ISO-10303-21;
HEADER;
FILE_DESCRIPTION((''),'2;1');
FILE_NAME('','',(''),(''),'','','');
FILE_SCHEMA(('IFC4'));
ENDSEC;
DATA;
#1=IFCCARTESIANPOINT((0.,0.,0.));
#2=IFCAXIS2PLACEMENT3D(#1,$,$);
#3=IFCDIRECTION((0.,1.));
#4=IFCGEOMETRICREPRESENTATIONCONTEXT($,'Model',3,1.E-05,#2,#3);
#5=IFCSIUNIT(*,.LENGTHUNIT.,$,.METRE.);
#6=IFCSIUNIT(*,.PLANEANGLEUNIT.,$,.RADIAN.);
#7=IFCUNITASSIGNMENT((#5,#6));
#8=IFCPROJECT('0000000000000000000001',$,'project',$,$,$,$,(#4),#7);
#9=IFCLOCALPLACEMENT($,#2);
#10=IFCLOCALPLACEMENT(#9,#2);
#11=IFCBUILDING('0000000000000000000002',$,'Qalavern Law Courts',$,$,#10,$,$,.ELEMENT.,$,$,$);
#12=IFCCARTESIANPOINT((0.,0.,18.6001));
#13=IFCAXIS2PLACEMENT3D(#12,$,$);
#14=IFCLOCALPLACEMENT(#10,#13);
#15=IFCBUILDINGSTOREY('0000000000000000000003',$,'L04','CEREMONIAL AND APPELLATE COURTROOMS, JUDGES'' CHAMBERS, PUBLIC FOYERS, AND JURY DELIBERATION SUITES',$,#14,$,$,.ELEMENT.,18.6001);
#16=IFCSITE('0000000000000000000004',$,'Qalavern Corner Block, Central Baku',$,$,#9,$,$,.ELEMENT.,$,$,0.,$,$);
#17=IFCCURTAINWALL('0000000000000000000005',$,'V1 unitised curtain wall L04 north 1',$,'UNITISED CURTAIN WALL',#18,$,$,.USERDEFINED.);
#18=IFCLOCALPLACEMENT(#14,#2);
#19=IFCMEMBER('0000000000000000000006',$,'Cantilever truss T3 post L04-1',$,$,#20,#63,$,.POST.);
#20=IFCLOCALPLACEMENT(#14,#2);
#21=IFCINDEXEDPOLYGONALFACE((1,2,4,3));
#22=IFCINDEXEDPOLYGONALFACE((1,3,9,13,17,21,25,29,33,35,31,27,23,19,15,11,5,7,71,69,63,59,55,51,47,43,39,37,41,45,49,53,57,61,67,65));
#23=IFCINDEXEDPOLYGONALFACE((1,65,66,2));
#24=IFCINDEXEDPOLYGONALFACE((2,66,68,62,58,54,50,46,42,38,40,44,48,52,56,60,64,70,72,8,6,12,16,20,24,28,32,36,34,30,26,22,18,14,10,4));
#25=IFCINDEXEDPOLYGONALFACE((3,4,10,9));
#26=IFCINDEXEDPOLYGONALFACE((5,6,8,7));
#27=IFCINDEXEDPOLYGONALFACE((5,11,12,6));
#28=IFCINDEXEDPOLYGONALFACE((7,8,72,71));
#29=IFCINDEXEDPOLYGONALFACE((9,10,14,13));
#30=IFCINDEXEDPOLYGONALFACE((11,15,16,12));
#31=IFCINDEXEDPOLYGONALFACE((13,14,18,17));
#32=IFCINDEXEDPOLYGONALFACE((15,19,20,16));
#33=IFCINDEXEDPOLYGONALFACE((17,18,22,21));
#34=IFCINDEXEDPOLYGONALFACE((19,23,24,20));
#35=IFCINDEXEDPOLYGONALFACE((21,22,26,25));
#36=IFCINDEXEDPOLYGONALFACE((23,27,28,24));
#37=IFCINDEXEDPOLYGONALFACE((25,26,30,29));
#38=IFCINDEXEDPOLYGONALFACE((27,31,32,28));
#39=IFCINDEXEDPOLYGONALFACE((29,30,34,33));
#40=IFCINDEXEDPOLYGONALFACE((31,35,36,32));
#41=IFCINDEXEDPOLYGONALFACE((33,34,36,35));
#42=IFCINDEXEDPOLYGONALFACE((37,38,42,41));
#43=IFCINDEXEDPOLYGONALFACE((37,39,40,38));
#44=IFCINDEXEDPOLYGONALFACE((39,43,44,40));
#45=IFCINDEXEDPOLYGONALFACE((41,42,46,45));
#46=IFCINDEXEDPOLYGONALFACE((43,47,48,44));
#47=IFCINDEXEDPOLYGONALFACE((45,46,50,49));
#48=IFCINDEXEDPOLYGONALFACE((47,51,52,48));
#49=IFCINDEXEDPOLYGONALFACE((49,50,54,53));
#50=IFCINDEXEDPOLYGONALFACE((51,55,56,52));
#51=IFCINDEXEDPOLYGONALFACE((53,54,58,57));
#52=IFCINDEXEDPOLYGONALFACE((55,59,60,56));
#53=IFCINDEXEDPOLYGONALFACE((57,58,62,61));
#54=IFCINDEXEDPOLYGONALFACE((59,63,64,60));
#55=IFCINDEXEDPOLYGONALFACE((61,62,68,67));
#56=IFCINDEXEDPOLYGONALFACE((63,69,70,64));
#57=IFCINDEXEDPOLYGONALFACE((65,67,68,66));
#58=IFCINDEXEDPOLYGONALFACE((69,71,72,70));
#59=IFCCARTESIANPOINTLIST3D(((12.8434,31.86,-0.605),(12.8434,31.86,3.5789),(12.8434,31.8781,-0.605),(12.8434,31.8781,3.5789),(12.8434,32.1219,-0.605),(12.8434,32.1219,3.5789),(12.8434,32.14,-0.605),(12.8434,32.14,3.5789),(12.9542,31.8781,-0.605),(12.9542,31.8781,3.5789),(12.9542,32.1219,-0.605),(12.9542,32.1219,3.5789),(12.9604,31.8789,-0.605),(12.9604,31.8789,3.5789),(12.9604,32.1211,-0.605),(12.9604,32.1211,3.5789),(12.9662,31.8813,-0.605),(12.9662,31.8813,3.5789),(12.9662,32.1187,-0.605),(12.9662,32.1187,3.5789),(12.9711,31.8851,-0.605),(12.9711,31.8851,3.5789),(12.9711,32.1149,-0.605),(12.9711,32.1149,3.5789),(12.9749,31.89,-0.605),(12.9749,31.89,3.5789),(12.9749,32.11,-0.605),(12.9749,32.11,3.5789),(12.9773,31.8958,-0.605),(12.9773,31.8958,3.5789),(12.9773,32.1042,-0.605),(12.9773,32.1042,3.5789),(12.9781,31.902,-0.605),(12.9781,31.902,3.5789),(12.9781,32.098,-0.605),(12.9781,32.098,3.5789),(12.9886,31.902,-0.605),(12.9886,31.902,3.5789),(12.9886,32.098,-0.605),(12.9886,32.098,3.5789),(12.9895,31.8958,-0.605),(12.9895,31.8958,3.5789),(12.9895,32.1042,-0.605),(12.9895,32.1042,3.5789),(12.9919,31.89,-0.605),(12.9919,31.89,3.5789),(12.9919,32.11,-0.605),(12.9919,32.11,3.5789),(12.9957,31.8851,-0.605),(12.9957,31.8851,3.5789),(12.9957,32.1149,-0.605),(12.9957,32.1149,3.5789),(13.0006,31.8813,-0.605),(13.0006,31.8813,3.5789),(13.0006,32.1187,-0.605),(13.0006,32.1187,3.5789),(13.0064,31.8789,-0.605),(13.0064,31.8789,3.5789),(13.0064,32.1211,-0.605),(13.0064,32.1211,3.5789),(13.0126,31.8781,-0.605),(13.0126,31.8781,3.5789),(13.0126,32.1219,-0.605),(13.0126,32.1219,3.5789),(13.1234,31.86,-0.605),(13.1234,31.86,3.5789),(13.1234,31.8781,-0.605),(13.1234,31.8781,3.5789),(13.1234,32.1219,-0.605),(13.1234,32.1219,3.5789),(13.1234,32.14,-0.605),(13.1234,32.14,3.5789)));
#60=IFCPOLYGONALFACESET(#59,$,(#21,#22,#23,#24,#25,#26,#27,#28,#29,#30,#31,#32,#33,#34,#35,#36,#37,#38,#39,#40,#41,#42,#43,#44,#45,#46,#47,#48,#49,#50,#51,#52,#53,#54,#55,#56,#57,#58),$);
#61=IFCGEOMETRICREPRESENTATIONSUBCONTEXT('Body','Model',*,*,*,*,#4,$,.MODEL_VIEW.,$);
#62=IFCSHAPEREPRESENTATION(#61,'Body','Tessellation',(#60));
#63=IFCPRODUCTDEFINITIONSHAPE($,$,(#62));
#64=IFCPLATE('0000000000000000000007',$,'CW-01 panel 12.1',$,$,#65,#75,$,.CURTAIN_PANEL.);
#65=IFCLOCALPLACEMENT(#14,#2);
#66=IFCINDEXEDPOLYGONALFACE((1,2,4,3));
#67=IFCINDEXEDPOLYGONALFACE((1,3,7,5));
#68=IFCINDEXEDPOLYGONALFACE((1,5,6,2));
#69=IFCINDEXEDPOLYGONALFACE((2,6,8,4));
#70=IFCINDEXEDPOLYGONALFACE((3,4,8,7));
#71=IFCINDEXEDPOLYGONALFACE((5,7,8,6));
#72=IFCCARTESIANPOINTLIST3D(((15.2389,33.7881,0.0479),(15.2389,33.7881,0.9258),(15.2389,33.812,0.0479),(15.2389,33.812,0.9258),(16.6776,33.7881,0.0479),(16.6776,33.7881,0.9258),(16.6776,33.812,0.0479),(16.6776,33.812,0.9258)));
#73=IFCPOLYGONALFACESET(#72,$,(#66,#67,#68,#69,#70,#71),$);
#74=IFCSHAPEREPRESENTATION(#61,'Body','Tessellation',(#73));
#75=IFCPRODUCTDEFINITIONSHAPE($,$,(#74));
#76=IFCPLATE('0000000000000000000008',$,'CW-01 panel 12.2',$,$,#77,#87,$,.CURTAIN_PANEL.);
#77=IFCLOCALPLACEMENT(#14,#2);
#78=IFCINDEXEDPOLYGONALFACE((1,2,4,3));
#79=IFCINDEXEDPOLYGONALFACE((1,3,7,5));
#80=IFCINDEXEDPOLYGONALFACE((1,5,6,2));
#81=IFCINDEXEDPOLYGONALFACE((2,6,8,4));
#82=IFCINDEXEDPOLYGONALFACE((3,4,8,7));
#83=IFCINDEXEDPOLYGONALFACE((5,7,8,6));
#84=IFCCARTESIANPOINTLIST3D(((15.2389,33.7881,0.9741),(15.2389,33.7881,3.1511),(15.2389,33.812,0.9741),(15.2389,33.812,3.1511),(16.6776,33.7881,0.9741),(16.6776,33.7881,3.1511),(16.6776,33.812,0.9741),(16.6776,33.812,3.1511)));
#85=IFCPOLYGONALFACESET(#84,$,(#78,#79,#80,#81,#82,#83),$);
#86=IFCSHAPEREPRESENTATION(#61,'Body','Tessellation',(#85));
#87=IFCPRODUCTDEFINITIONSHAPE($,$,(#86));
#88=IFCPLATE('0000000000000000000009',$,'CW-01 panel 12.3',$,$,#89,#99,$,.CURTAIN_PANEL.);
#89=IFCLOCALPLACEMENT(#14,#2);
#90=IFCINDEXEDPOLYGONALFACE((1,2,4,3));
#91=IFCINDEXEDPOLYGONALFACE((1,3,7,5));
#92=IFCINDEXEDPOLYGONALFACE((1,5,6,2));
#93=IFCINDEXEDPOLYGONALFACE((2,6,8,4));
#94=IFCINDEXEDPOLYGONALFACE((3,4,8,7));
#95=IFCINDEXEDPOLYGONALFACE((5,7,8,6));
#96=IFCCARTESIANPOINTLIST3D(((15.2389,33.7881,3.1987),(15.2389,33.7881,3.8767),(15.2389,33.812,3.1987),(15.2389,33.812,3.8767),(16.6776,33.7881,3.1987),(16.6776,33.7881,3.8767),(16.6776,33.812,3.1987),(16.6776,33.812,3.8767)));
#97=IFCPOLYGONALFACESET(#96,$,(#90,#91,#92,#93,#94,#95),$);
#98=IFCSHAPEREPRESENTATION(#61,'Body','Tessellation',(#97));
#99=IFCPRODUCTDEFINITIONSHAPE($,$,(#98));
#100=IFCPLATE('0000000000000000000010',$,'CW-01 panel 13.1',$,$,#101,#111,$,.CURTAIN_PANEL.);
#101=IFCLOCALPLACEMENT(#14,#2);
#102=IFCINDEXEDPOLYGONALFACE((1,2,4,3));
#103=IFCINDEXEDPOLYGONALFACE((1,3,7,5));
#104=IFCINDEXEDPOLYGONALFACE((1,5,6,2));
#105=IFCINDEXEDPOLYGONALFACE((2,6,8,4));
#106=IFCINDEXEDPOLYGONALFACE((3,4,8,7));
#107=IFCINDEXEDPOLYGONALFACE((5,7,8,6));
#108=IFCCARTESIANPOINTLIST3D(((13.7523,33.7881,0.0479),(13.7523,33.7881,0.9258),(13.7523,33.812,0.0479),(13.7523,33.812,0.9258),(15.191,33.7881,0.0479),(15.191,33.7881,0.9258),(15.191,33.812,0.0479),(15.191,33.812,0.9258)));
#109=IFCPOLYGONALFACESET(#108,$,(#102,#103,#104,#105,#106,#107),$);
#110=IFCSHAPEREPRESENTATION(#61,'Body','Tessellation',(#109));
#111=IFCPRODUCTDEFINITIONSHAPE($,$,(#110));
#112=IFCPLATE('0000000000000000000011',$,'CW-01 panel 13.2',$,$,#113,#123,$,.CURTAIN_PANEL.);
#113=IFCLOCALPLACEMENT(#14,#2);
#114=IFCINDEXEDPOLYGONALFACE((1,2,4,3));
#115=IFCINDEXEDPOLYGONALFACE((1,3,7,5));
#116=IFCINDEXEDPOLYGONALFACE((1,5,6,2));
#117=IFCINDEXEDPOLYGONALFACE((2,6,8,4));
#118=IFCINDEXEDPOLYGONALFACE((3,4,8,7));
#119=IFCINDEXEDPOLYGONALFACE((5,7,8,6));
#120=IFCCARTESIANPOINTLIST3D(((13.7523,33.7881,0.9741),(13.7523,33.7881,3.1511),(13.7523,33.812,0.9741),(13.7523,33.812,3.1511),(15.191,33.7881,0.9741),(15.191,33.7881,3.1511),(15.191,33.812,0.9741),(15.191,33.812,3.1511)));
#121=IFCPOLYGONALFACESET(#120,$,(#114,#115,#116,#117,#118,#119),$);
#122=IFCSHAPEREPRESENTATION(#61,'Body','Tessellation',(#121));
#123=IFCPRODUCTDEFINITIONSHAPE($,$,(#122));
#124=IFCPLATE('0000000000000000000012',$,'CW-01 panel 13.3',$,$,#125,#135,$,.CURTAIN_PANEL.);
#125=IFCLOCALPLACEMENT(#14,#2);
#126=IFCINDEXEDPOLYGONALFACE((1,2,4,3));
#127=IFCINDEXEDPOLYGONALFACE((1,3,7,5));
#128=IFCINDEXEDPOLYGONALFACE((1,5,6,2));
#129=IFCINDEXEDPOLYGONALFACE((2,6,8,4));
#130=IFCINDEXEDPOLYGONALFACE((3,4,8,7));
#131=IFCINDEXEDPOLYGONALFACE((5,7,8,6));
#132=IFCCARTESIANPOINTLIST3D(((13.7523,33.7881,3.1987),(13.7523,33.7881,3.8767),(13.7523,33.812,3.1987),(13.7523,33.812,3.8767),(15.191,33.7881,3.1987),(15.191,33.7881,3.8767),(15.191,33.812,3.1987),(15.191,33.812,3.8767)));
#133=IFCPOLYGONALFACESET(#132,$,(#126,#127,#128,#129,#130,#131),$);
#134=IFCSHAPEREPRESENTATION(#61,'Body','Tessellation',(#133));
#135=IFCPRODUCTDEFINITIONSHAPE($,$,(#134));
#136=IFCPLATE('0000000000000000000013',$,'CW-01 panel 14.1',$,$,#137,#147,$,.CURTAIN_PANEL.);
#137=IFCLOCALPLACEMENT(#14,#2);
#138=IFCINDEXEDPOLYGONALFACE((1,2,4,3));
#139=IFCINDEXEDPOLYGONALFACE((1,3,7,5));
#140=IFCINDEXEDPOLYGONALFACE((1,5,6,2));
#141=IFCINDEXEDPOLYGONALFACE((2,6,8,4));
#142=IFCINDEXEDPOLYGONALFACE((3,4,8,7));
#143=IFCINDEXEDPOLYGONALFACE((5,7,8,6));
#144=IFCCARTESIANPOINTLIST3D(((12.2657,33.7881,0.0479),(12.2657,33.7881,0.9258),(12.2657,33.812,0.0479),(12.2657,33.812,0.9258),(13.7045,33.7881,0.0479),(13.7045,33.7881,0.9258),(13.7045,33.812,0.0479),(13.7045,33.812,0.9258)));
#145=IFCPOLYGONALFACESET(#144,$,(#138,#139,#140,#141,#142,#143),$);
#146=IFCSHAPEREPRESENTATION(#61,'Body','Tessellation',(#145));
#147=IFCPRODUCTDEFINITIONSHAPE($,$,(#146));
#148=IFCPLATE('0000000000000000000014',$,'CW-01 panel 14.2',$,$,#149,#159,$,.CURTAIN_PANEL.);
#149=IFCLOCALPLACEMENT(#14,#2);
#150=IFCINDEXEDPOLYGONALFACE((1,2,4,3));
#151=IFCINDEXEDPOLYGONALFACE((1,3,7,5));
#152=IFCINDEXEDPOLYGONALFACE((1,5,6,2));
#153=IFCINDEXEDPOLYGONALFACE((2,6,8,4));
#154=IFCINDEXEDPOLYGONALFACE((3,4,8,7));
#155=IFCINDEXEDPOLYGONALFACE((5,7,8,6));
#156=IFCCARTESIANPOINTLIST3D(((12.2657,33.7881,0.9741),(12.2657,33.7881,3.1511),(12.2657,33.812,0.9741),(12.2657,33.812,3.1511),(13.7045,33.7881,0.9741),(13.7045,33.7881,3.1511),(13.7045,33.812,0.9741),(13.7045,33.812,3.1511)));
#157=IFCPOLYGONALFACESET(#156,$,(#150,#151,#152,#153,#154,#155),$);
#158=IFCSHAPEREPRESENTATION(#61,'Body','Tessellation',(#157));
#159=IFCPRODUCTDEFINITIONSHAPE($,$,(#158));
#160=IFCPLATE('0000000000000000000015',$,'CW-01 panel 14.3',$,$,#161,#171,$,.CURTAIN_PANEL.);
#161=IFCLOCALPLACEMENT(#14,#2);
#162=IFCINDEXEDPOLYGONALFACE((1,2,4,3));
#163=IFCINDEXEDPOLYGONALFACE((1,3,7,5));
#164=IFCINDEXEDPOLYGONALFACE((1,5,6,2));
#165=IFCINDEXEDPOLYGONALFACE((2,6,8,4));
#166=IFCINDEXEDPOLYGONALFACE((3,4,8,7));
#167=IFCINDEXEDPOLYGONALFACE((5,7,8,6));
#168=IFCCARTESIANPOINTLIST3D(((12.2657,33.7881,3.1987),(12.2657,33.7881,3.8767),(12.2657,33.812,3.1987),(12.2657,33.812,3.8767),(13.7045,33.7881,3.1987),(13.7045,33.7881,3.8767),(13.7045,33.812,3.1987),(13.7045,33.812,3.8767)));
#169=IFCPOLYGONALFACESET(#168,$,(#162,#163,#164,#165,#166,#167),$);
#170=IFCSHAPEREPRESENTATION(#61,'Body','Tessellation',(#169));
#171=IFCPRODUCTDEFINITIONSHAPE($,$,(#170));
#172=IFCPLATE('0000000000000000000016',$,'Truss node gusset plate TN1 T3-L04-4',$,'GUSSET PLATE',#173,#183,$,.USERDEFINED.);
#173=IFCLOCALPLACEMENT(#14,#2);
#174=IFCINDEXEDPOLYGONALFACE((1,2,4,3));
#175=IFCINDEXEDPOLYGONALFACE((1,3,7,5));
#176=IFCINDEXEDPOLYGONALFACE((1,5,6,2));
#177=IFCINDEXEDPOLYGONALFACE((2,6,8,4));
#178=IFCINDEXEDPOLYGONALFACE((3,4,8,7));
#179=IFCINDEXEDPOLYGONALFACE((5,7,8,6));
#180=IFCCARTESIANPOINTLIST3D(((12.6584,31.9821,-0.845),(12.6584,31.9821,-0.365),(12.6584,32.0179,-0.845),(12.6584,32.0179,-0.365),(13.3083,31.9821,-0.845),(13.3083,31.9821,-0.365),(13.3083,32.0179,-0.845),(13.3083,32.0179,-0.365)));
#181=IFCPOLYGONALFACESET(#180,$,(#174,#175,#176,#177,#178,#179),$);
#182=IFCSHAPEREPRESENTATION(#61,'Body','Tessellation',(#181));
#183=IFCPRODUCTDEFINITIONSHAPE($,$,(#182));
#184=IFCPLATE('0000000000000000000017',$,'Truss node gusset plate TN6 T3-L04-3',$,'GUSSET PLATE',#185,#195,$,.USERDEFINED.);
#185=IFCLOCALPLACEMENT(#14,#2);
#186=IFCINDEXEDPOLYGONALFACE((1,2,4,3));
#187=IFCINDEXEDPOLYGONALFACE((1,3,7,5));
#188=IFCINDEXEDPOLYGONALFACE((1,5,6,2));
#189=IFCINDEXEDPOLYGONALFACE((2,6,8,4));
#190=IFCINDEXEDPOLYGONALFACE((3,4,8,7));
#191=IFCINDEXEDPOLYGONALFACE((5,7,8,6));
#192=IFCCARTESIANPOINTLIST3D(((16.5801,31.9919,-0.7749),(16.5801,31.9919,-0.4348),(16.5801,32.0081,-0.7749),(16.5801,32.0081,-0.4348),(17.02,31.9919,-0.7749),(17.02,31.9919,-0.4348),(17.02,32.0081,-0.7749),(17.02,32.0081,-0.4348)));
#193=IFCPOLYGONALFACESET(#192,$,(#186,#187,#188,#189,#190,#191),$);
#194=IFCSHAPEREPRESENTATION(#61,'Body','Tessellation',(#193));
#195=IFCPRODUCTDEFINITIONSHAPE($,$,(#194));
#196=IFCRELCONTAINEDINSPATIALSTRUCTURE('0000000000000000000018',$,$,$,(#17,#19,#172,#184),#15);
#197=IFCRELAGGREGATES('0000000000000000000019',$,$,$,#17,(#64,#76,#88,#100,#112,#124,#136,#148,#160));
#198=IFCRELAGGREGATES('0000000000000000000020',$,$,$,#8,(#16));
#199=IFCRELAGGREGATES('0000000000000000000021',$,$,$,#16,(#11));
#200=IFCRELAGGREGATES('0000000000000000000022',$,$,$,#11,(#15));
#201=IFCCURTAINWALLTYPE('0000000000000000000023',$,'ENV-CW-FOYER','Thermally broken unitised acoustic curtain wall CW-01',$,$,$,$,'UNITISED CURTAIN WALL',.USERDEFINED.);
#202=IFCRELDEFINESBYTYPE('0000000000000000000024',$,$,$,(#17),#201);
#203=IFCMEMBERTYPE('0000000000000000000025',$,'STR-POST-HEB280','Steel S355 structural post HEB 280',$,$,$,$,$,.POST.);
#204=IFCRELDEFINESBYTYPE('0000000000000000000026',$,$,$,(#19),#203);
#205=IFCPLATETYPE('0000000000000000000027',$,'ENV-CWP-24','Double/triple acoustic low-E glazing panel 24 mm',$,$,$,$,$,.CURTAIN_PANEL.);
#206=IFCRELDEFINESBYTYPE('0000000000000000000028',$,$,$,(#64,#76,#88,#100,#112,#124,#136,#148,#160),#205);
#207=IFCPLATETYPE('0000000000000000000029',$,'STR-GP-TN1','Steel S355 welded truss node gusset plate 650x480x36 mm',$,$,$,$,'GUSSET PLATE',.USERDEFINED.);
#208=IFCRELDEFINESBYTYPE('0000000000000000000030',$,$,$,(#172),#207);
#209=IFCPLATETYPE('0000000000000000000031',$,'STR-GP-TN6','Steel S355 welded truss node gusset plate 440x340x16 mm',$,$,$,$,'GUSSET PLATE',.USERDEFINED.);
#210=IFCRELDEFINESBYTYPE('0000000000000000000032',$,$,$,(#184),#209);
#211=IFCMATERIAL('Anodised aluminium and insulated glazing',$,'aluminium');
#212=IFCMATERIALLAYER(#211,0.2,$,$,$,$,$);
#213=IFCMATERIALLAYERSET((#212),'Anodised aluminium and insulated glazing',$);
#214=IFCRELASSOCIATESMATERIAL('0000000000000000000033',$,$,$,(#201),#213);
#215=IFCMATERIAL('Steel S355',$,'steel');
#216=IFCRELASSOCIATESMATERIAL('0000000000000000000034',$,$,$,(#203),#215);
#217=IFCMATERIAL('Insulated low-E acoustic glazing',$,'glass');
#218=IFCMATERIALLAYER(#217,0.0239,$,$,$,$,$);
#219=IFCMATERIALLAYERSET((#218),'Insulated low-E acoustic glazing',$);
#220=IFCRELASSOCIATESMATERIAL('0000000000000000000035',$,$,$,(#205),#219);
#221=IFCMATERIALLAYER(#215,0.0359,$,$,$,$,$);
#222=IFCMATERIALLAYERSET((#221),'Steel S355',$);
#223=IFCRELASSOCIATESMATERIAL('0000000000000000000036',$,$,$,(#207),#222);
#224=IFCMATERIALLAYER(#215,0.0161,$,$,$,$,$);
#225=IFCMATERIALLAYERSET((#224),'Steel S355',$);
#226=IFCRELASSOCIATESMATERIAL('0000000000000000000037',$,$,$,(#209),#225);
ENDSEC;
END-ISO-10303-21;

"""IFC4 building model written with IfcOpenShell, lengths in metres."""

from ifc_helpers import new_model, si_unit, direction, frame, origin, origin_2d, place, context, subcontext, project, spatial, rectangle, i_section, extrude, material, layer, layer_set, material_profile, profile_set, type_object, element, aggregate, save


model = new_model("IFC4")

# Units and contexts
model_context = context("Model", 3, precision=1e-05, world=origin(), true_north=direction((0.0, 1.0)))
body_context = subcontext(model_context, "Body", "Model", "MODEL_VIEW")
ifc_project = project(units=[si_unit("LENGTHUNIT", "METRE"), si_unit("PLANEANGLEUNIT", "RADIAN")], contexts=[model_context])

# Site, building, storey
site_placement = place(None, origin())
site = spatial("IfcSite", under=ifc_project, at=site_placement, Name="Qalavern Corner Block, Central Baku", CompositionType="ELEMENT", RefElevation=0.0)
building_placement = place(site_placement, origin())
building = spatial("IfcBuilding", under=site, at=building_placement, Name="Qalavern Law Courts", CompositionType="ELEMENT")
storey_placement = place(building_placement, frame((0.0, 0.0, 18.6001)))
storey = spatial("IfcBuildingStorey", under=building, at=storey_placement, Name="L04", Description="CEREMONIAL AND APPELLATE COURTROOMS, JUDGES' CHAMBERS, PUBLIC FOYERS, AND JURY DELIBERATION SUITES", CompositionType="ELEMENT", Elevation=18.6001)

# Curtain wall
ifc_material_1 = material(Name="Anodised aluminium and insulated glazing", Category="aluminium")
ifc_layer_1 = layer(ifc_material_1, 0.2)
ifc_layer_set_1 = layer_set([ifc_layer_1], Name="Anodised aluminium and insulated glazing")
curtain_wall_type = type_object("IfcCurtainWallType", Name="ENV-CW-FOYER", Description="Thermally broken unitised acoustic curtain wall CW-01", ElementType="UNITISED CURTAIN WALL", PredefinedType="USERDEFINED", material=ifc_layer_set_1)
curtain_wall_placement = place(storey_placement, origin())
curtain_wall = element("IfcCurtainWall", 1, at=curtain_wall_placement, inside=storey, type_object=curtain_wall_type, Name="V1 unitised curtain wall L04 north 1", ObjectType="UNITISED CURTAIN WALL", PredefinedType="USERDEFINED")

# Shared definitions
ifc_material_2 = material(Name="Steel S355", Category="steel")

# Member
ifc_material_profile_1 = material_profile(ifc_material_2, i_section(OverallWidth=0.28, OverallDepth=0.28, WebThickness=0.0105, FlangeThickness=0.0181, FilletRadius=0.0239, at=origin_2d()), Name="HEB 280")
ifc_profile_set_1 = profile_set([ifc_material_profile_1], Name="Steel S355")
member_type_1 = type_object("IfcMemberType", Name="STR-POST-HEB280", Description="Steel S355 structural post HEB 280", PredefinedType="POST", material=ifc_profile_set_1)
member_1_placement = place(storey_placement, frame((12.9834, 32.0, -0.605), z_axis=(0.0, 0.0, 1.0), x_axis=(1.0, 0.0, 0.0)))
element("IfcMember", 2, at=member_1_placement, inside=storey, type_object=member_type_1, Name="Cantilever truss T3 post L04-1", PredefinedType="POST", context=body_context, shape_type="SweptSolid", body=[
    extrude(i_section(OverallWidth=0.28, OverallDepth=0.28, WebThickness=0.0105, FlangeThickness=0.0181, FilletRadius=0.0239, at=origin_2d()), origin(), (0.0, 0.0, 1.0), 4.1838),
])

# Plates
ifc_material_3 = material(Name="Insulated low-E acoustic glazing", Category="glass")
ifc_layer_2 = layer(ifc_material_3, 0.0239)
ifc_layer_set_2 = layer_set([ifc_layer_2], Name="Insulated low-E acoustic glazing")
plate_type_1 = type_object("IfcPlateType", Name="ENV-CWP-24", Description="Double/triple acoustic low-E glazing panel 24 mm", PredefinedType="CURTAIN_PANEL", material=ifc_layer_set_2)
plate_1_placement = place(storey_placement, frame((15.9583, 33.8, 0.0479), z_axis=(0.0, 0.0, 1.0), x_axis=(-1.0, 0.0, 0.0)))
plate_1 = element("IfcPlate", 3, at=plate_1_placement, type_object=plate_type_1, Name="CW-01 panel 12.1", PredefinedType="CURTAIN_PANEL", context=body_context, shape_type="SweptSolid", body=[
    extrude(rectangle(XDim=1.4387, YDim=0.0239, at=origin_2d()), origin(), (0.0, 0.0, 1.0), 0.8779),
])
plate_2_placement = place(storey_placement, frame((15.9583, 33.8, 0.9741), z_axis=(0.0, 0.0, 1.0), x_axis=(-1.0, 0.0, 0.0)))
plate_2 = element("IfcPlate", 4, at=plate_2_placement, type_object=plate_type_1, Name="CW-01 panel 12.2", PredefinedType="CURTAIN_PANEL", context=body_context, shape_type="SweptSolid", body=[
    extrude(rectangle(XDim=1.4387, YDim=0.0239, at=origin_2d()), origin(), (0.0, 0.0, 1.0), 2.177),
])
plate_3_placement = place(storey_placement, frame((15.9583, 33.8, 3.1987), z_axis=(0.0, 0.0, 1.0), x_axis=(-1.0, 0.0, 0.0)))
plate_3 = element("IfcPlate", 5, at=plate_3_placement, type_object=plate_type_1, Name="CW-01 panel 12.3", PredefinedType="CURTAIN_PANEL", context=body_context, shape_type="SweptSolid", body=[
    extrude(rectangle(XDim=1.4387, YDim=0.0239, at=origin_2d()), origin(), (0.0, 0.0, 1.0), 0.678),
])
plate_4_placement = place(storey_placement, frame((14.4717, 33.8, 0.0479), z_axis=(0.0, 0.0, 1.0), x_axis=(-1.0, 0.0, 0.0)))
plate_4 = element("IfcPlate", 6, at=plate_4_placement, type_object=plate_type_1, Name="CW-01 panel 13.1", PredefinedType="CURTAIN_PANEL", context=body_context, shape_type="SweptSolid", body=[
    extrude(rectangle(XDim=1.4387, YDim=0.0239, at=origin_2d()), origin(), (0.0, 0.0, 1.0), 0.8779),
])
plate_5_placement = place(storey_placement, frame((14.4717, 33.8, 0.9741), z_axis=(0.0, 0.0, 1.0), x_axis=(-1.0, 0.0, 0.0)))
plate_5 = element("IfcPlate", 7, at=plate_5_placement, type_object=plate_type_1, Name="CW-01 panel 13.2", PredefinedType="CURTAIN_PANEL", context=body_context, shape_type="SweptSolid", body=[
    extrude(rectangle(XDim=1.4387, YDim=0.0239, at=origin_2d()), origin(), (0.0, 0.0, 1.0), 2.177),
])
plate_6_placement = place(storey_placement, frame((14.4717, 33.8, 3.1987), z_axis=(0.0, 0.0, 1.0), x_axis=(-1.0, 0.0, 0.0)))
plate_6 = element("IfcPlate", 8, at=plate_6_placement, type_object=plate_type_1, Name="CW-01 panel 13.3", PredefinedType="CURTAIN_PANEL", context=body_context, shape_type="SweptSolid", body=[
    extrude(rectangle(XDim=1.4387, YDim=0.0239, at=origin_2d()), origin(), (0.0, 0.0, 1.0), 0.678),
])
plate_7_placement = place(storey_placement, frame((12.9851, 33.8, 0.0479), z_axis=(0.0, 0.0, 1.0), x_axis=(-1.0, 0.0, 0.0)))
plate_7 = element("IfcPlate", 9, at=plate_7_placement, type_object=plate_type_1, Name="CW-01 panel 14.1", PredefinedType="CURTAIN_PANEL", context=body_context, shape_type="SweptSolid", body=[
    extrude(rectangle(XDim=1.4387, YDim=0.0239, at=origin_2d()), origin(), (0.0, 0.0, 1.0), 0.8779),
])
plate_8_placement = place(storey_placement, frame((12.9851, 33.8, 0.9741), z_axis=(0.0, 0.0, 1.0), x_axis=(-1.0, 0.0, 0.0)))
plate_8 = element("IfcPlate", 10, at=plate_8_placement, type_object=plate_type_1, Name="CW-01 panel 14.2", PredefinedType="CURTAIN_PANEL", context=body_context, shape_type="SweptSolid", body=[
    extrude(rectangle(XDim=1.4387, YDim=0.0239, at=origin_2d()), origin(), (0.0, 0.0, 1.0), 2.177),
])
plate_9_placement = place(storey_placement, frame((12.9851, 33.8, 3.1987), z_axis=(0.0, 0.0, 1.0), x_axis=(-1.0, 0.0, 0.0)))
plate_9 = element("IfcPlate", 11, at=plate_9_placement, type_object=plate_type_1, Name="CW-01 panel 14.3", PredefinedType="CURTAIN_PANEL", context=body_context, shape_type="SweptSolid", body=[
    extrude(rectangle(XDim=1.4387, YDim=0.0239, at=origin_2d()), origin(), (0.0, 0.0, 1.0), 0.678),
])
aggregate(curtain_wall, [plate_1, plate_2, plate_3, plate_4, plate_5, plate_6, plate_7, plate_8, plate_9])

# Plates
ifc_layer_3 = layer(ifc_material_2, 0.0359)
ifc_layer_set_3 = layer_set([ifc_layer_3], Name="Steel S355")
plate_type_2 = type_object("IfcPlateType", Name="STR-GP-TN1", Description="Steel S355 welded truss node gusset plate 650x480x36 mm", ElementType="GUSSET PLATE", PredefinedType="USERDEFINED", material=ifc_layer_set_3)
plate_10_placement = place(storey_placement, frame((12.9834, 32.0, -0.845), z_axis=(0.0, 0.0, 1.0), x_axis=(1.0, 0.0, 0.0)))
element("IfcPlate", 12, at=plate_10_placement, inside=storey, type_object=plate_type_2, Name="Truss node gusset plate TN1 T3-L04-4", ObjectType="GUSSET PLATE", PredefinedType="USERDEFINED", context=body_context, shape_type="SweptSolid", body=[
    extrude(rectangle(XDim=0.6499, YDim=0.0359, at=origin_2d()), origin(), (0.0, 0.0, 1.0), 0.48),
])
ifc_layer_4 = layer(ifc_material_2, 0.0161)
ifc_layer_set_4 = layer_set([ifc_layer_4], Name="Steel S355")
plate_type_3 = type_object("IfcPlateType", Name="STR-GP-TN6", Description="Steel S355 welded truss node gusset plate 440x340x16 mm", ElementType="GUSSET PLATE", PredefinedType="USERDEFINED", material=ifc_layer_set_4)
plate_11_placement = place(storey_placement, frame((16.8, 32.0, -0.7749), z_axis=(0.0, 0.0, 1.0), x_axis=(1.0, 0.0, 0.0)))
element("IfcPlate", 13, at=plate_11_placement, inside=storey, type_object=plate_type_3, Name="Truss node gusset plate TN6 T3-L04-3", ObjectType="GUSSET PLATE", PredefinedType="USERDEFINED", context=body_context, shape_type="SweptSolid", body=[
    extrude(rectangle(XDim=0.4399, YDim=0.0161, at=origin_2d()), origin(), (0.0, 0.0, 1.0), 0.3401),
])

save(model, "model.ifc")
